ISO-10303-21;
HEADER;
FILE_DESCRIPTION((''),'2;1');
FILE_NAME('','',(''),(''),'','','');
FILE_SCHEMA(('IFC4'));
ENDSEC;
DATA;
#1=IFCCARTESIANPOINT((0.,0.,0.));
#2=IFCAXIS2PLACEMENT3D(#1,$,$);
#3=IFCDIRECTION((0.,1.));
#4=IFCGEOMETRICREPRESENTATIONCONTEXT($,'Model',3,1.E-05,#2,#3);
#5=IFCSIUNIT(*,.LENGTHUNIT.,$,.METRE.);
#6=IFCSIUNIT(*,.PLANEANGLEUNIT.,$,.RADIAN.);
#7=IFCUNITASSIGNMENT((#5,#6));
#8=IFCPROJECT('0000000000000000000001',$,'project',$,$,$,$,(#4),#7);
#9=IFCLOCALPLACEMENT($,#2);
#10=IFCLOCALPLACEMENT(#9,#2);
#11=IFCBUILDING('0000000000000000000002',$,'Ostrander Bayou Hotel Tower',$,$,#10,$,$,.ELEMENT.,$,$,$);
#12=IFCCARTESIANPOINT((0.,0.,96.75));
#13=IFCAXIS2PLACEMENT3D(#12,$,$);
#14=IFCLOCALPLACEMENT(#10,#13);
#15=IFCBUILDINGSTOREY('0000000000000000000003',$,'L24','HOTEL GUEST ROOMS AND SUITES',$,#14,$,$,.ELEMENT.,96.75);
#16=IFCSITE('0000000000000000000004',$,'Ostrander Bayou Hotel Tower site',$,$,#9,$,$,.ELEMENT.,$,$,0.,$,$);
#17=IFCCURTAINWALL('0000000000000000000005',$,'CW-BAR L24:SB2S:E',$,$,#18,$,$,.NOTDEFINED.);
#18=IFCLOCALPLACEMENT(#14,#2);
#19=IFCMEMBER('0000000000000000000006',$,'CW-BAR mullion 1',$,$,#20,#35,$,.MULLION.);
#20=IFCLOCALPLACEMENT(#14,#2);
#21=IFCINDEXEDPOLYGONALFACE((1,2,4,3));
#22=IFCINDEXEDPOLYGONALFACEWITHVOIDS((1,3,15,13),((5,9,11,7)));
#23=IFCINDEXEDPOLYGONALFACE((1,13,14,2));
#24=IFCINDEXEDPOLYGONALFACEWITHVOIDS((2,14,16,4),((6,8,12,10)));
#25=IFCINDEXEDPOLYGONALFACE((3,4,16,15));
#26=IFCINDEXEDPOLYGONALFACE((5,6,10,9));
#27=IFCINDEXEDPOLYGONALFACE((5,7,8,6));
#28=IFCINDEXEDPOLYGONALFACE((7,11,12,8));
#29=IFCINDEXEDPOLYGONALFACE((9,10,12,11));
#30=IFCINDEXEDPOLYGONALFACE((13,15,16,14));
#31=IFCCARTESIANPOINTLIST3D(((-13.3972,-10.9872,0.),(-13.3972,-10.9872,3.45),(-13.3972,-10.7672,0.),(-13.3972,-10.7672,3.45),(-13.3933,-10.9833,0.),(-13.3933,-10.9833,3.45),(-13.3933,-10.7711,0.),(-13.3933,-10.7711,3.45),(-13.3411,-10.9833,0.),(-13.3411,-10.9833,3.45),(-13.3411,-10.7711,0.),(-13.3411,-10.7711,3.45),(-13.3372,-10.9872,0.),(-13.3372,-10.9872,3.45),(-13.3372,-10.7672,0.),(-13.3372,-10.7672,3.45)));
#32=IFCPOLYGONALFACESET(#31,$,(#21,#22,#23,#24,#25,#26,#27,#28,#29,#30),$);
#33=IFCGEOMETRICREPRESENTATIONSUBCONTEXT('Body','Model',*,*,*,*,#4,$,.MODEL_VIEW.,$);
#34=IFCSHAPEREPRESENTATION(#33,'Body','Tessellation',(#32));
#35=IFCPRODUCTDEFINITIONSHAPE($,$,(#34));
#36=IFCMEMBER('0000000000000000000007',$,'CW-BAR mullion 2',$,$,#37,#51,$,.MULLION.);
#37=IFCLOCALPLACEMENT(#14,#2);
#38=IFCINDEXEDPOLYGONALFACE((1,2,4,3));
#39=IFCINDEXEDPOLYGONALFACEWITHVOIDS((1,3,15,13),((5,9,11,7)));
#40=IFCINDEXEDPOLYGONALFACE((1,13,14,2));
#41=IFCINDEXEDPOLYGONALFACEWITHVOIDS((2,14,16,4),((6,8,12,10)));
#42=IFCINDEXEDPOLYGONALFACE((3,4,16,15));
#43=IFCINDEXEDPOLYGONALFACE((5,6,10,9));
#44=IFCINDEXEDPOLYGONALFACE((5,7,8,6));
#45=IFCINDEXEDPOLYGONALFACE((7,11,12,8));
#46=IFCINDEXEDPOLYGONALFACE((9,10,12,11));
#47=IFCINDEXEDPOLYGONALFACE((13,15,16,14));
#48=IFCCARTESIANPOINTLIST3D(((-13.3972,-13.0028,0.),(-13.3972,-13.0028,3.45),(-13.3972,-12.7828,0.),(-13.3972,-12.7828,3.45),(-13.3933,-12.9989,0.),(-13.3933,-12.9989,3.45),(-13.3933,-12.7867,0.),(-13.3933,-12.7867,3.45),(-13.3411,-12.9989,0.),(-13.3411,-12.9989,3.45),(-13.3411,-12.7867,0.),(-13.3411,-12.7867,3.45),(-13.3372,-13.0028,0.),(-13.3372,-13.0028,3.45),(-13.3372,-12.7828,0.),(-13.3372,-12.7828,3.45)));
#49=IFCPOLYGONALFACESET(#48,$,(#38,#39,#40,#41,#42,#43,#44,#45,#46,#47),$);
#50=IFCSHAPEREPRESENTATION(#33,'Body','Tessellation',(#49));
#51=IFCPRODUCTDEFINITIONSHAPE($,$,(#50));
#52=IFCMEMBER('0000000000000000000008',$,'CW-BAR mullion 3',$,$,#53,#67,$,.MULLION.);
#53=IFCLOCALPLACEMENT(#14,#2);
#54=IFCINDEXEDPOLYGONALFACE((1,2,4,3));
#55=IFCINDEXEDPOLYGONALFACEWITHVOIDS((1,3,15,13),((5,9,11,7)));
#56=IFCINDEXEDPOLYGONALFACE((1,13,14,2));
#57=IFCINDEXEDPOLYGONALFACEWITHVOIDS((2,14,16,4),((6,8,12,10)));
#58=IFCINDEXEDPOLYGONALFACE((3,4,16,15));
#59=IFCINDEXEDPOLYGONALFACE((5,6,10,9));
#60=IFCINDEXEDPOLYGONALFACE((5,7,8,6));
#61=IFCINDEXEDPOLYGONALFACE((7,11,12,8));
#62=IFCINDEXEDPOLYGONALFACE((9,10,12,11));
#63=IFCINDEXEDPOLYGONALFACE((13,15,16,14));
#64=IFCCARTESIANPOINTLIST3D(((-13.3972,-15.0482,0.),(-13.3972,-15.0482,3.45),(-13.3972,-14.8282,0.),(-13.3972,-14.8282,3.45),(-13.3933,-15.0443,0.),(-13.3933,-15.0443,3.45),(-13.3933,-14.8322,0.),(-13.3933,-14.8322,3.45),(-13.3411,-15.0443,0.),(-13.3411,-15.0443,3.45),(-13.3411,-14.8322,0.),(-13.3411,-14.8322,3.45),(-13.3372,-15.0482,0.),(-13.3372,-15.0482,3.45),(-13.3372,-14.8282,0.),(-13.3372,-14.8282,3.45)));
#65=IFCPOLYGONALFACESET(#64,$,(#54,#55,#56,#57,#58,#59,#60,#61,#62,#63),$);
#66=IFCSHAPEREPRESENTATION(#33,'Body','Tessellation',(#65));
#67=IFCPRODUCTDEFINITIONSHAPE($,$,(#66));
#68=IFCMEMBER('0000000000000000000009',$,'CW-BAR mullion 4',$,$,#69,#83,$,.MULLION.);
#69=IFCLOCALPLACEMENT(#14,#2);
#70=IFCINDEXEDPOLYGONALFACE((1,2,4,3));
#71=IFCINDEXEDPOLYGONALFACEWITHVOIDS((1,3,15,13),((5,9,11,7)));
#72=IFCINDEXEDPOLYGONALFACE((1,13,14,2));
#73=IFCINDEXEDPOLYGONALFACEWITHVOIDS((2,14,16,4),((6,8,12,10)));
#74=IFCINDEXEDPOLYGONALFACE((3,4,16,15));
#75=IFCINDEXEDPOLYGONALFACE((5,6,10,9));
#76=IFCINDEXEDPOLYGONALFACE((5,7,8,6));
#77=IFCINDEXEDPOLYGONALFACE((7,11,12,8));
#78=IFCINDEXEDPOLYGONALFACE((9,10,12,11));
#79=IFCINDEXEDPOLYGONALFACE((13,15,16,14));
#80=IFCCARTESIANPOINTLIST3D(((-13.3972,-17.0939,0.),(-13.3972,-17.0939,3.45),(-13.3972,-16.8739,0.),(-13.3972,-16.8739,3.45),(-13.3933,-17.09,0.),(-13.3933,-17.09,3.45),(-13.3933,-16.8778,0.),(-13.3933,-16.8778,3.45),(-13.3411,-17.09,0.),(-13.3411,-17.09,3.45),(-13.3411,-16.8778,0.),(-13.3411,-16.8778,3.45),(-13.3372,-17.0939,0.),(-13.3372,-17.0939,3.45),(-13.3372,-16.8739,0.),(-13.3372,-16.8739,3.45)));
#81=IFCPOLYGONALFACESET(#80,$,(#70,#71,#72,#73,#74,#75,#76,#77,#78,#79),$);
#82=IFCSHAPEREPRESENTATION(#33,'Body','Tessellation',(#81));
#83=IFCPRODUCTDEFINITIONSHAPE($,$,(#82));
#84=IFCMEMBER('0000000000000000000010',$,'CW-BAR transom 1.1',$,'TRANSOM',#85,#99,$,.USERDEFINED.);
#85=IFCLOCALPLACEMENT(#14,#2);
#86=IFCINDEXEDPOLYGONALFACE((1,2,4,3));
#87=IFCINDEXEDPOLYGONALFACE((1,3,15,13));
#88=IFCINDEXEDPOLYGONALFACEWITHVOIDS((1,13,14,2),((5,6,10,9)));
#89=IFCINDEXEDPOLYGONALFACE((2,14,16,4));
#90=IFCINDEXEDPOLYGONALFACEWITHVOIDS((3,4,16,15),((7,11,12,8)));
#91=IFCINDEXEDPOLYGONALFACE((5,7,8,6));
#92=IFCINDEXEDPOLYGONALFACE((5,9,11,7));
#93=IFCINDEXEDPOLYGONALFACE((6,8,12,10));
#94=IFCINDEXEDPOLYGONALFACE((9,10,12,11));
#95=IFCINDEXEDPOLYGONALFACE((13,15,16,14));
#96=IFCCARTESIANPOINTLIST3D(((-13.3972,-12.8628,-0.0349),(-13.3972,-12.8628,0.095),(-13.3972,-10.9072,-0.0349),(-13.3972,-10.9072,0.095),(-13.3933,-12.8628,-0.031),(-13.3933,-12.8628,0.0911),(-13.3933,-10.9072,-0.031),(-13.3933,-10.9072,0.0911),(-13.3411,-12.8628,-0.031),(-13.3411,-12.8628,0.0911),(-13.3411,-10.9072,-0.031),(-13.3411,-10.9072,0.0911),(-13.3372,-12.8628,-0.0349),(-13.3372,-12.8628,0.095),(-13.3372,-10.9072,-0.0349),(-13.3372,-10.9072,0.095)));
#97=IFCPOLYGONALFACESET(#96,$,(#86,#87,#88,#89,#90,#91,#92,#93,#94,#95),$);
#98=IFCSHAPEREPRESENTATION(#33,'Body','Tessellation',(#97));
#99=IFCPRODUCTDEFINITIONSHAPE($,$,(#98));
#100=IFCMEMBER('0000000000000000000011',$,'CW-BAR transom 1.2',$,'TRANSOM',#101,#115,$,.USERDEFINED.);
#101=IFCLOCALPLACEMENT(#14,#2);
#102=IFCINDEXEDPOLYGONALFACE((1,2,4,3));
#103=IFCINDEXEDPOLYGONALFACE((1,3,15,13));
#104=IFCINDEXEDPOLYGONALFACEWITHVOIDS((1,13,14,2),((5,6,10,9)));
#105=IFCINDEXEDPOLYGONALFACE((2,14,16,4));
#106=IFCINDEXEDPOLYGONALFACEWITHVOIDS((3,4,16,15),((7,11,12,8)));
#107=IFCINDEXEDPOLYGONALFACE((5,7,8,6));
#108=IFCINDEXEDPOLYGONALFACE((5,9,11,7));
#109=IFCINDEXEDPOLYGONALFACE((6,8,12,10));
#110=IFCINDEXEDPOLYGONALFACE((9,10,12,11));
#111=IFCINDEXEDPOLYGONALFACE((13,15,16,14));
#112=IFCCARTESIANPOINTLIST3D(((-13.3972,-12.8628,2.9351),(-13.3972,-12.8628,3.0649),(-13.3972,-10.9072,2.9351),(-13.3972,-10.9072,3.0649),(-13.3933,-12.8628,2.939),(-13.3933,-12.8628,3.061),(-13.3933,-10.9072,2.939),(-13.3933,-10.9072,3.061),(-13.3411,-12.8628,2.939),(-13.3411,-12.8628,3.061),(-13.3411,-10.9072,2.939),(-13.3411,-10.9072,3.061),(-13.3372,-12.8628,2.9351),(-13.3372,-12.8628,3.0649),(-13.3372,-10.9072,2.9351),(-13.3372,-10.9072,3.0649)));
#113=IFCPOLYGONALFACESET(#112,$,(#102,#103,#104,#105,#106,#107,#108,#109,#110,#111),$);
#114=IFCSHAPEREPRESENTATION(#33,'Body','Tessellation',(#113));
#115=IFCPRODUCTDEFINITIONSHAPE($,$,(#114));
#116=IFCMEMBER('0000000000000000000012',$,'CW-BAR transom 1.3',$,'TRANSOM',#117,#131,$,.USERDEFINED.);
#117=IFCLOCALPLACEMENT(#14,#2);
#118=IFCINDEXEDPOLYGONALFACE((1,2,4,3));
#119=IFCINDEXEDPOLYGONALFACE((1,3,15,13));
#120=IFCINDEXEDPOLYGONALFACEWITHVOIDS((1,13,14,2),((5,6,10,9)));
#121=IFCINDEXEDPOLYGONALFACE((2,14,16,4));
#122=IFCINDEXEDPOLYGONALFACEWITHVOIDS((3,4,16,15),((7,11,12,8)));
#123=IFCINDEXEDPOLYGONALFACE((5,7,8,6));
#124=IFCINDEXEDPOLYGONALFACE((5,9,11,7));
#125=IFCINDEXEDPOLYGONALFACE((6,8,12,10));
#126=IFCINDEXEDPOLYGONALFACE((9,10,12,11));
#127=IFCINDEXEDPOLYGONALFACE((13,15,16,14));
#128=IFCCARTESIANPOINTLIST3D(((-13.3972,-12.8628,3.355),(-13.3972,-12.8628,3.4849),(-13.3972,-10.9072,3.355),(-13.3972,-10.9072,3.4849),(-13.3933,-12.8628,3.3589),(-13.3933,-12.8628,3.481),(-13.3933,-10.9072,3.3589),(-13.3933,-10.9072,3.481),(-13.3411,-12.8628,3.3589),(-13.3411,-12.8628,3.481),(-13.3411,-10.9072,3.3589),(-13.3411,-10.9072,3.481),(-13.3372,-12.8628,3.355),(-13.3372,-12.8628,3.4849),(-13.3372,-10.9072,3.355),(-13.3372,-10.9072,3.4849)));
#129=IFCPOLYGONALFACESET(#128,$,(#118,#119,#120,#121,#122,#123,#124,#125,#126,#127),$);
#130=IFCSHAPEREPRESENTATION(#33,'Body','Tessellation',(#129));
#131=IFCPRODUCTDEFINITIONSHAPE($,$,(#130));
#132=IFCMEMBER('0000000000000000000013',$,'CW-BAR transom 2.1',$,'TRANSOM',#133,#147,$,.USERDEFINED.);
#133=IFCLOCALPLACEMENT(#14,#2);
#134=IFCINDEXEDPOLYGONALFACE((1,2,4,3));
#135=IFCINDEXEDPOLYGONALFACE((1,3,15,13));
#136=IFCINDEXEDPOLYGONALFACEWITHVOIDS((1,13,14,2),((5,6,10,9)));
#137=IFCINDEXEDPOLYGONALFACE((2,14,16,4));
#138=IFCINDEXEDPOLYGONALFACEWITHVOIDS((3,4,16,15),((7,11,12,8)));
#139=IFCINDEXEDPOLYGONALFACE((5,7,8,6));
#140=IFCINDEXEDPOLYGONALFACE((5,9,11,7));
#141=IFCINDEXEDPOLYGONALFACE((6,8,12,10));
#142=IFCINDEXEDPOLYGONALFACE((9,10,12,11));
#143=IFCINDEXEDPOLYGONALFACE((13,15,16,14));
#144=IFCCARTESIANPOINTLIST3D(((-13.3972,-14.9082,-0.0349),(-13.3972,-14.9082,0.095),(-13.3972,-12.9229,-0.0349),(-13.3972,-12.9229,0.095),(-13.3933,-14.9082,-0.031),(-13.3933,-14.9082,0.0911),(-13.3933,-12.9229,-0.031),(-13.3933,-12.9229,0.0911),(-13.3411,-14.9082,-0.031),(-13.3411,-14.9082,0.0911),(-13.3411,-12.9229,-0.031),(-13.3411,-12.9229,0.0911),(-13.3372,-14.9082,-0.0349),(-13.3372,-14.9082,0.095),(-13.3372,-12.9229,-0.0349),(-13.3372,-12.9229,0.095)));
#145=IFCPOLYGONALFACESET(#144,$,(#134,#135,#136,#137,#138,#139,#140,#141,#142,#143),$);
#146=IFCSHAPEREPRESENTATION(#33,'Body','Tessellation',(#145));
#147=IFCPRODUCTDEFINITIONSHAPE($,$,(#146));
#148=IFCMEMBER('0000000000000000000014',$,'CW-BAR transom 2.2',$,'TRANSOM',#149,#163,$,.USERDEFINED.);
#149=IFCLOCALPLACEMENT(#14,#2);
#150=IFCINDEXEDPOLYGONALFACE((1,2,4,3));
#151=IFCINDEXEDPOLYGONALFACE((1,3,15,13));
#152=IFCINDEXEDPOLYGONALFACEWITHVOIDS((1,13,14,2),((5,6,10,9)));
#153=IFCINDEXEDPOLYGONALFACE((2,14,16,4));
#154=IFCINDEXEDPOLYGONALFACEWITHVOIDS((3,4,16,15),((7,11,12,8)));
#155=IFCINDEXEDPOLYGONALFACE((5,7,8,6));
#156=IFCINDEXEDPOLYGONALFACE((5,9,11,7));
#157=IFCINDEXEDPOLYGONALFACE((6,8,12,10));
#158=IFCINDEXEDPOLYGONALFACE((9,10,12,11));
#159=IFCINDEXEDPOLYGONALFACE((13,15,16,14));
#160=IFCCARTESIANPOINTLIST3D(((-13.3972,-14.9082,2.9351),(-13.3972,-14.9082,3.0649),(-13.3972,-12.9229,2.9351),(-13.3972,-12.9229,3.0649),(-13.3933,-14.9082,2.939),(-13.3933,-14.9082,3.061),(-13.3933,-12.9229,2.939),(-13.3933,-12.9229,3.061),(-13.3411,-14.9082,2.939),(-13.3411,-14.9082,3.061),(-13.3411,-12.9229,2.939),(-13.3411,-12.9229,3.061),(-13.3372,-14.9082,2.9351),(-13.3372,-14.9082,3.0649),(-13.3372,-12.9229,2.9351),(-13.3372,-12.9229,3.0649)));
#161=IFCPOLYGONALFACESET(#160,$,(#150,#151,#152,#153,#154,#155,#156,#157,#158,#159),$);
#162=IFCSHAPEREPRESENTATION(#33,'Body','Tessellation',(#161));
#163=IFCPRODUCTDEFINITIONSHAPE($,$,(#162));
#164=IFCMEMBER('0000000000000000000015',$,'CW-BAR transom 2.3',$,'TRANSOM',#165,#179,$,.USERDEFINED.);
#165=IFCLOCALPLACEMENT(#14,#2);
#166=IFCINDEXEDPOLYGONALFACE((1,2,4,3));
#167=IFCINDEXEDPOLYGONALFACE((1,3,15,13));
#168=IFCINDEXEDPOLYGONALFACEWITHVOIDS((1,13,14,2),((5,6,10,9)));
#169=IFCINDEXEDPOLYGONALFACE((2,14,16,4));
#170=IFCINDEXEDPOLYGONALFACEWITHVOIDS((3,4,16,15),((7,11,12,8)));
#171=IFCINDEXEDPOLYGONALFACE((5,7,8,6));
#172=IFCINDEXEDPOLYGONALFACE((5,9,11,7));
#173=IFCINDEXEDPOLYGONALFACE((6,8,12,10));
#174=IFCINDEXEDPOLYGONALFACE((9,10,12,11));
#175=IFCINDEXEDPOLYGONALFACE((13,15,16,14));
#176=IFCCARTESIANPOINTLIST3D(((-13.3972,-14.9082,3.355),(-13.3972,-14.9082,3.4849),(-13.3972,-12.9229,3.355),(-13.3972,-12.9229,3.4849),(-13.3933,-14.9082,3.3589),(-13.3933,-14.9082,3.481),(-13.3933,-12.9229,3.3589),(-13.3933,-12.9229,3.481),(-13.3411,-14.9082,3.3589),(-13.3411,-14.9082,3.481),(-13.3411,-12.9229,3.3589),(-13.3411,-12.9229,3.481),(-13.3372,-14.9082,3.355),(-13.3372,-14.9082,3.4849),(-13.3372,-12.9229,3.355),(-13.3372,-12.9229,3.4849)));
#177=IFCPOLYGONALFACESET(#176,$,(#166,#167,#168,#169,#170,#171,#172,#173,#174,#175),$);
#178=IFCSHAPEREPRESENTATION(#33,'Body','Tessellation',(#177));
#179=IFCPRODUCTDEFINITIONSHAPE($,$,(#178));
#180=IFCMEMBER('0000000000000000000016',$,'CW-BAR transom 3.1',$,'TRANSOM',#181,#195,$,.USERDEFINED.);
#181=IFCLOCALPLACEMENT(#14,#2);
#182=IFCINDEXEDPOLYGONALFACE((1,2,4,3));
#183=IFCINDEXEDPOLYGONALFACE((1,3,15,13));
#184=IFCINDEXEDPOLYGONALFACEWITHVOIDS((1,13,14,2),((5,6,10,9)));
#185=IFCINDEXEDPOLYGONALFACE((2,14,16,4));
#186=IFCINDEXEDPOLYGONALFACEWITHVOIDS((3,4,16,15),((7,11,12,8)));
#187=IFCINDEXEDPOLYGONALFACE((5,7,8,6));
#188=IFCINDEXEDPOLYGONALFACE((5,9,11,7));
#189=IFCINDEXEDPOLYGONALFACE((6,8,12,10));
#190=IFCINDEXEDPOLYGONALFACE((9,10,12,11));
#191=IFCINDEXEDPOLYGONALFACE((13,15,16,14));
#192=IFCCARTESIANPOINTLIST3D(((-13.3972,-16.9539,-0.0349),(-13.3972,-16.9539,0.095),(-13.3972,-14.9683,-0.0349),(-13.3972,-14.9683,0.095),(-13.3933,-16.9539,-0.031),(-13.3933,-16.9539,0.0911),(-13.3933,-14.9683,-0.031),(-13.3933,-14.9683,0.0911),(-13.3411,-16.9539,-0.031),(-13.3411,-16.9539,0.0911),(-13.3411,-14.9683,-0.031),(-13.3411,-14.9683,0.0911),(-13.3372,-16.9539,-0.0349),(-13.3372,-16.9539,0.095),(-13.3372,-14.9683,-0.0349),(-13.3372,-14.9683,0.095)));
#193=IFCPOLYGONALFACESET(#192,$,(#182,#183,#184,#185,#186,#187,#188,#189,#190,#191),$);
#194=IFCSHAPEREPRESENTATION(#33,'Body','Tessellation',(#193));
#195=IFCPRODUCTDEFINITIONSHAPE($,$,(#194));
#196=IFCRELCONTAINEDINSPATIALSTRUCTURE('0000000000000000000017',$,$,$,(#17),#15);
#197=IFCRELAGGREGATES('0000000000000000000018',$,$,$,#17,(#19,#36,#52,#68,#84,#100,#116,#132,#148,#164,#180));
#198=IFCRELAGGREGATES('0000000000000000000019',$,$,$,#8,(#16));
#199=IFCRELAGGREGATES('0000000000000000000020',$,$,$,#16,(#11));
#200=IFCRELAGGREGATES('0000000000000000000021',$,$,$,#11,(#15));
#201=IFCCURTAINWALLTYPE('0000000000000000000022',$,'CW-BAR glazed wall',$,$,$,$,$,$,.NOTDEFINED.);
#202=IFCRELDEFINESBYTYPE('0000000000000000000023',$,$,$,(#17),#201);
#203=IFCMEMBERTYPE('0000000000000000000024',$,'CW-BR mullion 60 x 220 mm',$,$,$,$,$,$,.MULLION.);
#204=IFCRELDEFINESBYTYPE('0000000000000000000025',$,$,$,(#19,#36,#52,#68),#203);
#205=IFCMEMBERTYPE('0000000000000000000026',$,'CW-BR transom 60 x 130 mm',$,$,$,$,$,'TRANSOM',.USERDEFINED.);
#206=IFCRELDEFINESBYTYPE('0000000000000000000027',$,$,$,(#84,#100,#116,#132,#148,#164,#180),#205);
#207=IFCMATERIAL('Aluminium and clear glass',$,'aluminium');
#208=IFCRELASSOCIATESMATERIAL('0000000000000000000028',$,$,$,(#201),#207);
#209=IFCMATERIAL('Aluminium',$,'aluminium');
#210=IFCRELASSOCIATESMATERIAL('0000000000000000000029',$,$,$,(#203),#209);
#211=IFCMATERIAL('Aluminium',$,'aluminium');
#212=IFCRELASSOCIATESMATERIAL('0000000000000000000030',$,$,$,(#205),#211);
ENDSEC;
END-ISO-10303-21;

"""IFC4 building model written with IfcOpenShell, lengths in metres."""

from ifc_helpers import new_model, si_unit, direction, frame, origin, origin_2d, place, context, subcontext, project, spatial, hollow_rectangle, extrude, material, material_profile, profile_set, type_object, element, aggregate, save


model = new_model("IFC4")

# Units and contexts
model_context = context("Model", 3, precision=1e-05, world=origin(), true_north=direction((0.0, 1.0)))
body_context = subcontext(model_context, "Body", "Model", "MODEL_VIEW")
ifc_project = project(units=[si_unit("LENGTHUNIT", "METRE"), si_unit("PLANEANGLEUNIT", "RADIAN")], contexts=[model_context])

# Site, building, storey
site_placement = place(None, origin())
site = spatial("IfcSite", under=ifc_project, at=site_placement, Name="Ostrander Bayou Hotel Tower site", CompositionType="ELEMENT", RefElevation=0.0)
building_placement = place(site_placement, origin())
building = spatial("IfcBuilding", under=site, at=building_placement, Name="Ostrander Bayou Hotel Tower", CompositionType="ELEMENT")
storey_placement = place(building_placement, frame((0.0, 0.0, 96.75)))
storey = spatial("IfcBuildingStorey", under=building, at=storey_placement, Name="L24", Description="HOTEL GUEST ROOMS AND SUITES", CompositionType="ELEMENT", Elevation=96.75)

# Curtain wall, members
ifc_material_1 = material(Name="Aluminium and clear glass", Category="aluminium")
curtain_wall_type = type_object("IfcCurtainWallType", Name="CW-BAR glazed wall", PredefinedType="NOTDEFINED", material=ifc_material_1)
curtain_wall_placement = place(storey_placement, origin())
curtain_wall = element("IfcCurtainWall", 1, at=curtain_wall_placement, inside=storey, type_object=curtain_wall_type, Name="CW-BAR L24:SB2S:E", PredefinedType="NOTDEFINED")
ifc_material_2 = material(Name="Aluminium", Category="aluminium")
ifc_material_profile_1 = material_profile(ifc_material_2, hollow_rectangle(XDim=0.0601, YDim=0.22, WallThickness=0.0039, at=origin_2d()))
ifc_profile_set_1 = profile_set([ifc_material_profile_1], Name="Aluminium")
member_type_1 = type_object("IfcMemberType", Name="CW-BR mullion 60 x 220 mm", PredefinedType="MULLION", material=ifc_profile_set_1)
member_1_placement = place(storey_placement, frame((-13.3672, -10.8772, 0.0), z_axis=(0.0, 0.0, 1.0), x_axis=(1.0, 0.0, 0.0)))
member_1 = element("IfcMember", 2, at=member_1_placement, type_object=member_type_1, Name="CW-BAR mullion 1", PredefinedType="MULLION", context=body_context, shape_type="SweptSolid", body=[
    extrude(hollow_rectangle(XDim=0.0601, YDim=0.22, WallThickness=0.0039, at=origin_2d()), origin(), (0.0, 0.0, 1.0), 3.45),
])
member_2_placement = place(storey_placement, frame((-13.3672, -12.8928, 0.0), z_axis=(0.0, 0.0, 1.0), x_axis=(1.0, 0.0, 0.0)))
member_2 = element("IfcMember", 3, at=member_2_placement, type_object=member_type_1, Name="CW-BAR mullion 2", PredefinedType="MULLION", context=body_context, shape_type="SweptSolid", body=[
    extrude(hollow_rectangle(XDim=0.0601, YDim=0.22, WallThickness=0.0039, at=origin_2d()), origin(), (0.0, 0.0, 1.0), 3.45),
])
member_3_placement = place(storey_placement, frame((-13.3672, -14.9382, 0.0), z_axis=(0.0, 0.0, 1.0), x_axis=(1.0, 0.0, 0.0)))
member_3 = element("IfcMember", 4, at=member_3_placement, type_object=member_type_1, Name="CW-BAR mullion 3", PredefinedType="MULLION", context=body_context, shape_type="SweptSolid", body=[
    extrude(hollow_rectangle(XDim=0.0601, YDim=0.22, WallThickness=0.0039, at=origin_2d()), origin(), (0.0, 0.0, 1.0), 3.45),
])
member_4_placement = place(storey_placement, frame((-13.3672, -16.9839, 0.0), z_axis=(0.0, 0.0, 1.0), x_axis=(1.0, 0.0, 0.0)))
member_4 = element("IfcMember", 5, at=member_4_placement, type_object=member_type_1, Name="CW-BAR mullion 4", PredefinedType="MULLION", context=body_context, shape_type="SweptSolid", body=[
    extrude(hollow_rectangle(XDim=0.0601, YDim=0.22, WallThickness=0.0039, at=origin_2d()), origin(), (0.0, 0.0, 1.0), 3.45),
])
ifc_material_3 = material(Name="Aluminium", Category="aluminium")
ifc_material_profile_2 = material_profile(ifc_material_3, hollow_rectangle(XDim=0.0601, YDim=0.1299, WallThickness=0.0039, at=origin_2d()))
ifc_profile_set_2 = profile_set([ifc_material_profile_2], Name="Aluminium")
member_type_2 = type_object("IfcMemberType", Name="CW-BR transom 60 x 130 mm", ElementType="TRANSOM", PredefinedType="USERDEFINED", material=ifc_profile_set_2)
member_5_placement = place(storey_placement, frame((-13.3672, -10.9072, 0.03), z_axis=(0.0, -1.0, 0.0), x_axis=(1.0, 0.0, 0.0)))
member_5 = element("IfcMember", 6, at=member_5_placement, type_object=member_type_2, Name="CW-BAR transom 1.1", ObjectType="TRANSOM", PredefinedType="USERDEFINED", context=body_context, shape_type="SweptSolid", body=[
    extrude(hollow_rectangle(XDim=0.0601, YDim=0.1299, WallThickness=0.0039, at=origin_2d()), origin(), (0.0, 0.0, 1.0), 1.9556),
])
member_6_placement = place(storey_placement, frame((-13.3672, -10.9072, 3.0), z_axis=(0.0, -1.0, 0.0), x_axis=(1.0, 0.0, 0.0)))
member_6 = element("IfcMember", 7, at=member_6_placement, type_object=member_type_2, Name="CW-BAR transom 1.2", ObjectType="TRANSOM", PredefinedType="USERDEFINED", context=body_context, shape_type="SweptSolid", body=[
    extrude(hollow_rectangle(XDim=0.0601, YDim=0.1299, WallThickness=0.0039, at=origin_2d()), origin(), (0.0, 0.0, 1.0), 1.9556),
])
member_7_placement = place(storey_placement, frame((-13.3672, -10.9072, 3.4199), z_axis=(0.0, -1.0, 0.0), x_axis=(1.0, 0.0, 0.0)))
member_7 = element("IfcMember", 8, at=member_7_placement, type_object=member_type_2, Name="CW-BAR transom 1.3", ObjectType="TRANSOM", PredefinedType="USERDEFINED", context=body_context, shape_type="SweptSolid", body=[
    extrude(hollow_rectangle(XDim=0.0601, YDim=0.1299, WallThickness=0.0039, at=origin_2d()), origin(), (0.0, 0.0, 1.0), 1.9556),
])
member_8_placement = place(storey_placement, frame((-13.3672, -12.9229, 0.03), z_axis=(0.0, -1.0, 0.0), x_axis=(1.0, 0.0, 0.0)))
member_8 = element("IfcMember", 9, at=member_8_placement, type_object=member_type_2, Name="CW-BAR transom 2.1", ObjectType="TRANSOM", PredefinedType="USERDEFINED", context=body_context, shape_type="SweptSolid", body=[
    extrude(hollow_rectangle(XDim=0.0601, YDim=0.1299, WallThickness=0.0039, at=origin_2d()), origin(), (0.0, 0.0, 1.0), 1.9854),
])
member_9_placement = place(storey_placement, frame((-13.3672, -12.9229, 3.0), z_axis=(0.0, -1.0, 0.0), x_axis=(1.0, 0.0, 0.0)))
member_9 = element("IfcMember", 10, at=member_9_placement, type_object=member_type_2, Name="CW-BAR transom 2.2", ObjectType="TRANSOM", PredefinedType="USERDEFINED", context=body_context, shape_type="SweptSolid", body=[
    extrude(hollow_rectangle(XDim=0.0601, YDim=0.1299, WallThickness=0.0039, at=origin_2d()), origin(), (0.0, 0.0, 1.0), 1.9854),
])
member_10_placement = place(storey_placement, frame((-13.3672, -12.9229, 3.4199), z_axis=(0.0, -1.0, 0.0), x_axis=(1.0, 0.0, 0.0)))
member_10 = element("IfcMember", 11, at=member_10_placement, type_object=member_type_2, Name="CW-BAR transom 2.3", ObjectType="TRANSOM", PredefinedType="USERDEFINED", context=body_context, shape_type="SweptSolid", body=[
    extrude(hollow_rectangle(XDim=0.0601, YDim=0.1299, WallThickness=0.0039, at=origin_2d()), origin(), (0.0, 0.0, 1.0), 1.9854),
])
member_11_placement = place(storey_placement, frame((-13.3672, -14.9683, 0.03), z_axis=(0.0, -1.0, 0.0), x_axis=(1.0, 0.0, 0.0)))
member_11 = element("IfcMember", 12, at=member_11_placement, type_object=member_type_2, Name="CW-BAR transom 3.1", ObjectType="TRANSOM", PredefinedType="USERDEFINED", context=body_context, shape_type="SweptSolid", body=[
    extrude(hollow_rectangle(XDim=0.0601, YDim=0.1299, WallThickness=0.0039, at=origin_2d()), origin(), (0.0, 0.0, 1.0), 1.9856),
])
aggregate(curtain_wall, [member_1, member_2, member_3, member_4, member_5, member_6, member_7, member_8, member_9, member_10, member_11])

save(model, "model.ifc")
